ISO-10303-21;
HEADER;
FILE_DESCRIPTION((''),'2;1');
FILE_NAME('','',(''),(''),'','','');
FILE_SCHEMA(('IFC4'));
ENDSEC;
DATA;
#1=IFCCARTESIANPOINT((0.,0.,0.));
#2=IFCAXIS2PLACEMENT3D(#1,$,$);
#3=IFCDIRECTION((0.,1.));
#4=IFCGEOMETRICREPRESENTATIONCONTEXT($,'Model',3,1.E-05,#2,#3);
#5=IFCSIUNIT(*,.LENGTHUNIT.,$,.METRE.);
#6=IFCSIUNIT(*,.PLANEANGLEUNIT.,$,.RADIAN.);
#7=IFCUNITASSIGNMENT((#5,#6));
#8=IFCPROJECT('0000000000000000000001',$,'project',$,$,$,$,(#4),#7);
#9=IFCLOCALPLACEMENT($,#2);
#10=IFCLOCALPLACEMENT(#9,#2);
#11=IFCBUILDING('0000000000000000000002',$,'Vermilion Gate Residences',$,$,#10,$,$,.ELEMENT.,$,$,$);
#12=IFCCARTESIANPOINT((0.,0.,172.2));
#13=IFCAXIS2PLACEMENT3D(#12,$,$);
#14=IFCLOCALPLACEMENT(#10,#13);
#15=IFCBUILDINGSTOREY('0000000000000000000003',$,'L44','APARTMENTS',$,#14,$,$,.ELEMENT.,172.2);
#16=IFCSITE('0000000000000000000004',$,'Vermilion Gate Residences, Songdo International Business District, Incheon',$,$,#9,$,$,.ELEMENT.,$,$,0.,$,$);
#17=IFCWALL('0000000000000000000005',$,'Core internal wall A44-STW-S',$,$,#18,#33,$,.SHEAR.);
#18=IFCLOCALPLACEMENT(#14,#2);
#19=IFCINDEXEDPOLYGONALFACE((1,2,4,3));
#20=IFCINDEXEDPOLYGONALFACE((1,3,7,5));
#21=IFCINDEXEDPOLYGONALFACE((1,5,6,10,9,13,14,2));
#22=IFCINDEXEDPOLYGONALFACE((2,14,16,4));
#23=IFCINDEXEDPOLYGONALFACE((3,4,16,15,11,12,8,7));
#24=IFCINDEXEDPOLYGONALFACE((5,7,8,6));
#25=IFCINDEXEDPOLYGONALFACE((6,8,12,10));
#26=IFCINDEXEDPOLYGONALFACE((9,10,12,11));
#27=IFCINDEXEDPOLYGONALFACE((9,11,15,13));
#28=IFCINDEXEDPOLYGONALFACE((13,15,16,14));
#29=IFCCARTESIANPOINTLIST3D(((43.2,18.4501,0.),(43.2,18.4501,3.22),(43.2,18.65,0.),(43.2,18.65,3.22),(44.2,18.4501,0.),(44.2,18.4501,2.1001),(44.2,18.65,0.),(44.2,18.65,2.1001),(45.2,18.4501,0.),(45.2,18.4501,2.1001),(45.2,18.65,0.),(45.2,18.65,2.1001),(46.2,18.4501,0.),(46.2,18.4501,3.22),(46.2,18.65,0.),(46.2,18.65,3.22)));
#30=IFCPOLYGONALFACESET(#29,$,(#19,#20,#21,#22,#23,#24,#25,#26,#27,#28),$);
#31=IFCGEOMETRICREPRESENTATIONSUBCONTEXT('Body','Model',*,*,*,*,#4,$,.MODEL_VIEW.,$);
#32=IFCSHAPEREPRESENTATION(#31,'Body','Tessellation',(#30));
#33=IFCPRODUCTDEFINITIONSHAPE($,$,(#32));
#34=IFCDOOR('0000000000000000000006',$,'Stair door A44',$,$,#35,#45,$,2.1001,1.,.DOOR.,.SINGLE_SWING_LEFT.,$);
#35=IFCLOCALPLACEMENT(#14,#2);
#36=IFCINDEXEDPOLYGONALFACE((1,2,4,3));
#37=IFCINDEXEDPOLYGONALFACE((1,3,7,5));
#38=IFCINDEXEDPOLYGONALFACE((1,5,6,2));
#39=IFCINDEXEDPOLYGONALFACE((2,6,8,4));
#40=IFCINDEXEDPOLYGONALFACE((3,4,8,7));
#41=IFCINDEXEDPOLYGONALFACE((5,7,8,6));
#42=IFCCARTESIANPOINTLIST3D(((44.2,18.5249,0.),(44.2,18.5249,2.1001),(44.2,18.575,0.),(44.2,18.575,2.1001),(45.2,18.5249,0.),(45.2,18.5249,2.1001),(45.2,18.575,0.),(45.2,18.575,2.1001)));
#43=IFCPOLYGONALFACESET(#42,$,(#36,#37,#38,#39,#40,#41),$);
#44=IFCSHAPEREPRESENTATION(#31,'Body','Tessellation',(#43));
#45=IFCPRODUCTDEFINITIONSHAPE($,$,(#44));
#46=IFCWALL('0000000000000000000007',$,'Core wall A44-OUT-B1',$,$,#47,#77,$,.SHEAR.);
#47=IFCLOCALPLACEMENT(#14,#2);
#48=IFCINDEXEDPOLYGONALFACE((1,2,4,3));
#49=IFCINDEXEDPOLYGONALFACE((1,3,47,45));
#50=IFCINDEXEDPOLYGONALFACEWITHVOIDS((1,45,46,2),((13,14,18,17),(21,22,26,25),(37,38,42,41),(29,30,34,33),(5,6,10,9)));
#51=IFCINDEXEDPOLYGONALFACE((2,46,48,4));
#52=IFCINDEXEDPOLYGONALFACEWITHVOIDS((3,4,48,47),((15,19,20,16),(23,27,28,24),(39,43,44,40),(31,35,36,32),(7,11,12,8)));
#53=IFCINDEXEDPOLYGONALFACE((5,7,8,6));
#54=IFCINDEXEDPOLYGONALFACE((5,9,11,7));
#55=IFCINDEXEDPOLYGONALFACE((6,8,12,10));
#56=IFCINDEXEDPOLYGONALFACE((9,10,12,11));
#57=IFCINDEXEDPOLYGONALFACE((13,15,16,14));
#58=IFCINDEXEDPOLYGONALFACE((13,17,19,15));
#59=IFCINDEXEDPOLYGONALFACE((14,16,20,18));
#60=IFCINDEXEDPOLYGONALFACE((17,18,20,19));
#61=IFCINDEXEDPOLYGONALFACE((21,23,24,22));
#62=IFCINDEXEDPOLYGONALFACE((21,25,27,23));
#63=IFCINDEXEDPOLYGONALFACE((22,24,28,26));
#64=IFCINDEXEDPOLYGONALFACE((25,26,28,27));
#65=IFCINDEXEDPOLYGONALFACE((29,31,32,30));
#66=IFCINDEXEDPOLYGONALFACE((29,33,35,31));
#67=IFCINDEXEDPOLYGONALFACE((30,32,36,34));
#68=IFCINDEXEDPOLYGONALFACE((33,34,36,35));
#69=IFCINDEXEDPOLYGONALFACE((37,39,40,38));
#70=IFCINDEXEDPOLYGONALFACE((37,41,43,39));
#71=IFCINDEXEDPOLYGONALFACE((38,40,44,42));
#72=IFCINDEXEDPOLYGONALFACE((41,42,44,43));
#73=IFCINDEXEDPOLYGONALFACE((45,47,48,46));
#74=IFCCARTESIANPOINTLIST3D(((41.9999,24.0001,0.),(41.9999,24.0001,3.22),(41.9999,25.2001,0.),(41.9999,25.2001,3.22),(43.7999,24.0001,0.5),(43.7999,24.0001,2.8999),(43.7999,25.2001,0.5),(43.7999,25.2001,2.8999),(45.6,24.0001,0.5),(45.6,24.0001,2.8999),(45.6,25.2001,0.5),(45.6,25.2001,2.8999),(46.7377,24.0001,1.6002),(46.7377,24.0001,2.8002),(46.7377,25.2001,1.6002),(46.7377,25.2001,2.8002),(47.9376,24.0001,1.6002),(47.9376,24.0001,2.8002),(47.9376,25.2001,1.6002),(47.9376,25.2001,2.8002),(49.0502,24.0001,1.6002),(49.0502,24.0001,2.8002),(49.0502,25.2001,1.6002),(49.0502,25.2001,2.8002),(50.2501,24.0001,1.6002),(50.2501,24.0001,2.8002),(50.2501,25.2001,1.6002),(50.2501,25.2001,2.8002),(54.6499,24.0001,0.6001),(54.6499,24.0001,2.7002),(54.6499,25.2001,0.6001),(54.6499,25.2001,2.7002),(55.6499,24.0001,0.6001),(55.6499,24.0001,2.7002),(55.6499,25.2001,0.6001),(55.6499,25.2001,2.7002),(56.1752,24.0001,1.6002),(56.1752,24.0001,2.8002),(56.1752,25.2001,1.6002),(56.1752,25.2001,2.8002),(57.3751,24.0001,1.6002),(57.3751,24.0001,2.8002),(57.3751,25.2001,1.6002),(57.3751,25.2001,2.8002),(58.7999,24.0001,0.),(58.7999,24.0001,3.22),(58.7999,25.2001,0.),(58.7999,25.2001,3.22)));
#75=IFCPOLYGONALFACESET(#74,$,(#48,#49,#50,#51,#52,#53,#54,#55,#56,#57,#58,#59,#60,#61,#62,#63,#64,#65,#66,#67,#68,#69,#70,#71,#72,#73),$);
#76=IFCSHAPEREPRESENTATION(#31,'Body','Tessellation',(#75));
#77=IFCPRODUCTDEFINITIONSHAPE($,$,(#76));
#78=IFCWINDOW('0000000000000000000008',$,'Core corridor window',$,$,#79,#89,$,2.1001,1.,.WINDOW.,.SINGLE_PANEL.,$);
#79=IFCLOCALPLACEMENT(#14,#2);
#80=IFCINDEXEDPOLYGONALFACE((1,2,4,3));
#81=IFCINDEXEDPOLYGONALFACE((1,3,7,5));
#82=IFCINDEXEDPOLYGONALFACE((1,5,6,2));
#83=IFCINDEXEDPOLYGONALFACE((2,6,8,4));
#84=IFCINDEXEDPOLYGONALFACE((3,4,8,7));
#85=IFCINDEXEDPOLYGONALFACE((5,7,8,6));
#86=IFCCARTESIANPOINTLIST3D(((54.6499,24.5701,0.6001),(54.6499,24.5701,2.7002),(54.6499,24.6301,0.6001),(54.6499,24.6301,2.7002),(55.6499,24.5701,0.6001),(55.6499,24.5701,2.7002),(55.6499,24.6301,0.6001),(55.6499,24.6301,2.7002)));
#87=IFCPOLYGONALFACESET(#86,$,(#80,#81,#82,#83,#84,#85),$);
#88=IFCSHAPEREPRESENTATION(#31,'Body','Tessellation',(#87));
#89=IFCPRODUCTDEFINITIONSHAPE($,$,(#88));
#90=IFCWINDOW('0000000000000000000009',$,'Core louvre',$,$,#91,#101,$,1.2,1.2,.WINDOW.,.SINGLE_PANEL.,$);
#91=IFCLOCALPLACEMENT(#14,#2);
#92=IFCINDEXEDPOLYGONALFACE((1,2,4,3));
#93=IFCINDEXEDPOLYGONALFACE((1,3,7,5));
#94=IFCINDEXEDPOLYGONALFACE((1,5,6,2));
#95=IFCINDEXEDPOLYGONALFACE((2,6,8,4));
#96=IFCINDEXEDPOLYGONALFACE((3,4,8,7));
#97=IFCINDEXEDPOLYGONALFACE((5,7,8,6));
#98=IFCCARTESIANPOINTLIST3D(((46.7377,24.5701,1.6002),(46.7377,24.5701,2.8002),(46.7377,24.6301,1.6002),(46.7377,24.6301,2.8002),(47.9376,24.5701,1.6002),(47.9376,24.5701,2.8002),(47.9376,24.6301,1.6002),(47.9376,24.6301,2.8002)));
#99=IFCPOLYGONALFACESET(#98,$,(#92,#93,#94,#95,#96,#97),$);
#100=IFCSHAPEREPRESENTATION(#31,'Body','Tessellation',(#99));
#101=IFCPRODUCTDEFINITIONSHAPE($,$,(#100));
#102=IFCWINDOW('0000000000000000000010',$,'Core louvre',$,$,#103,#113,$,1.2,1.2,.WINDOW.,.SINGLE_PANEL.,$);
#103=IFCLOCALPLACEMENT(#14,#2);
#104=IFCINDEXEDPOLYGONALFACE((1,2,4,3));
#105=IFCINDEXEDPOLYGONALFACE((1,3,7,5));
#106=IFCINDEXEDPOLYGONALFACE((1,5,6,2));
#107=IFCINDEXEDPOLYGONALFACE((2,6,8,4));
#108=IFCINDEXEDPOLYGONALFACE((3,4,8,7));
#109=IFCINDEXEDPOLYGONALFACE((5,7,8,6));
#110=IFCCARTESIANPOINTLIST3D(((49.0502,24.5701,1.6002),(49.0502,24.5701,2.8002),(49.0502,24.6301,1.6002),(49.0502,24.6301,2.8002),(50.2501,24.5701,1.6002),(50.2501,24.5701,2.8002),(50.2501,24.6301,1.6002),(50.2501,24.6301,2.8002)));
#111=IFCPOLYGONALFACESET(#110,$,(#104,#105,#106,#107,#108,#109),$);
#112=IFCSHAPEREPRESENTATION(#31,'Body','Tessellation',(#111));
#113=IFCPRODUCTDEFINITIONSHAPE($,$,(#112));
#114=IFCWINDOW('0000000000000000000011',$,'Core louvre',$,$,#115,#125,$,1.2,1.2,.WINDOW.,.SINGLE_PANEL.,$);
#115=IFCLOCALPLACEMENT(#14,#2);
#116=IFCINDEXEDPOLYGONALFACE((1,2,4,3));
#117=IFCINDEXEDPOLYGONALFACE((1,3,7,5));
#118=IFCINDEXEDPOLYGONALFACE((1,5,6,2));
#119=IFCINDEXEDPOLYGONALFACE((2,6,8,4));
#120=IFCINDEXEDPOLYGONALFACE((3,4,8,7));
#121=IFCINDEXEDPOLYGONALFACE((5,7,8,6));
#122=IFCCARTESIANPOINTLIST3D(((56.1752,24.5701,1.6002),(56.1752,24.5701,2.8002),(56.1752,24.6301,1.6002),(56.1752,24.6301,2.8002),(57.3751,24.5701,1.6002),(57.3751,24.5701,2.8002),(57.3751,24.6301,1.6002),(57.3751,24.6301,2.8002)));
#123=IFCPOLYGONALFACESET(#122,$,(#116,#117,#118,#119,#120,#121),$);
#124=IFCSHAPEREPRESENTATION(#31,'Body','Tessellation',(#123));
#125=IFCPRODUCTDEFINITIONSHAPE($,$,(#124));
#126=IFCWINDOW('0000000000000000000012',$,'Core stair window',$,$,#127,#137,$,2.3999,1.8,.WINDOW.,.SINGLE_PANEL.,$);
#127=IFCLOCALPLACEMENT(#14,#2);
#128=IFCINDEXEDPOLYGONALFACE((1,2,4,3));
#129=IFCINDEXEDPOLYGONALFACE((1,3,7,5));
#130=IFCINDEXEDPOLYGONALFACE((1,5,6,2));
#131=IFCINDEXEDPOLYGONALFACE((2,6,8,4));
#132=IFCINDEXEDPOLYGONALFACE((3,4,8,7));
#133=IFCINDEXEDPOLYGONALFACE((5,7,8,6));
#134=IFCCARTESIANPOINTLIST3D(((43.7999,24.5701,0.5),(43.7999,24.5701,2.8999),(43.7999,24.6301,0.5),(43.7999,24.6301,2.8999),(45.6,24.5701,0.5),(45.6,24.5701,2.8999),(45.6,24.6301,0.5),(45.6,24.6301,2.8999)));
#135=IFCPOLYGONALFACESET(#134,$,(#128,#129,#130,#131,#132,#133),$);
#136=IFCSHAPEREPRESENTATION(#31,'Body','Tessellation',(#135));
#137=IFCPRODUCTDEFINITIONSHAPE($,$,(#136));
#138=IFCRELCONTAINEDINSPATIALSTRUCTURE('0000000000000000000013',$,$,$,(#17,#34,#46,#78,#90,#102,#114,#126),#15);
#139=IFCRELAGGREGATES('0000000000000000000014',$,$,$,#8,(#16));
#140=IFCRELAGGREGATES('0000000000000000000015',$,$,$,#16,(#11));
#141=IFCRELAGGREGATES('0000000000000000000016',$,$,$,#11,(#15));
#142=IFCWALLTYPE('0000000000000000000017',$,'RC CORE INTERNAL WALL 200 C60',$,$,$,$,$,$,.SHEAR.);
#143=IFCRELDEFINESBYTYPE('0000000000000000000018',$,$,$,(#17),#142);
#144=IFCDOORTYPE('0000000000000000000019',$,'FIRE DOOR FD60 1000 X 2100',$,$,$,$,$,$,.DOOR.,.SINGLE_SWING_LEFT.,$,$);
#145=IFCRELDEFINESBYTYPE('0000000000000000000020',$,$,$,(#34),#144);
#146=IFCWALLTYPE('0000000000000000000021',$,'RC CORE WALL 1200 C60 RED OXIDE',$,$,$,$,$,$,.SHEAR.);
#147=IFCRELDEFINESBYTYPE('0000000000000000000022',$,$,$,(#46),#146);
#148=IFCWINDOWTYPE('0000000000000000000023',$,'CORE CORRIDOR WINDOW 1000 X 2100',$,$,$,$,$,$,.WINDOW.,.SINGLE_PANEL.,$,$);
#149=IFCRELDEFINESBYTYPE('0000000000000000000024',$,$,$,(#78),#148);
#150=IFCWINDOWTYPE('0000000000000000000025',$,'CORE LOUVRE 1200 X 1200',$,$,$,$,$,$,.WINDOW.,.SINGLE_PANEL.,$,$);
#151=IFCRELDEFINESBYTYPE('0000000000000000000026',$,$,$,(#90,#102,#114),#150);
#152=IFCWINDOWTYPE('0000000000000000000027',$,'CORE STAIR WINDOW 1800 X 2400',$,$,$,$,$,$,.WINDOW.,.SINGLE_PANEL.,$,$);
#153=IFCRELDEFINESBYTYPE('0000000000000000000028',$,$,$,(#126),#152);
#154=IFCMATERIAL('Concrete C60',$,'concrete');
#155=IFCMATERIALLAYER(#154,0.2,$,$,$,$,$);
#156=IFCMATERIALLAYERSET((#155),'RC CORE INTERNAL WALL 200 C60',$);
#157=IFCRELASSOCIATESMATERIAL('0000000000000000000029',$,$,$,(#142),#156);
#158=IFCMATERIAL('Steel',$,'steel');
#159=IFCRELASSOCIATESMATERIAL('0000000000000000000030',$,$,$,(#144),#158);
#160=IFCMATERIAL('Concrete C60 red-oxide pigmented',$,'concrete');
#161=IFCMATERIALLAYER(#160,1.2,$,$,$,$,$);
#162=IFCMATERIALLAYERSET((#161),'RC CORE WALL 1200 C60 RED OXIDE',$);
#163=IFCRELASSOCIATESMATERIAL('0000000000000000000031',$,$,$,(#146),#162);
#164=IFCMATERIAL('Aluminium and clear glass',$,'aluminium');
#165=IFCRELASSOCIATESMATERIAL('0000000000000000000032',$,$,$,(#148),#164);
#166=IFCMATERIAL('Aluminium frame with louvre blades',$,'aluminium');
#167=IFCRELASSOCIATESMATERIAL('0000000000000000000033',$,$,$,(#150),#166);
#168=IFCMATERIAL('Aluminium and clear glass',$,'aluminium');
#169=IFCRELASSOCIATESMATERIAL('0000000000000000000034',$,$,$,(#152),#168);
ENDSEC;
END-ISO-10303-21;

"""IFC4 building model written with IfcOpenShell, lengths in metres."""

from ifc_helpers import new_model, si_unit, direction, frame, frame_2d, origin, place, context, subcontext, project, spatial, rectangle, extrude, material, layer, layer_set, type_object, element, fill, save


model = new_model("IFC4")

# Units and contexts
model_context = context("Model", 3, precision=1e-05, world=origin(), true_north=direction((0.0, 1.0)))
body_context = subcontext(model_context, "Body", "Model", "MODEL_VIEW")
ifc_project = project(units=[si_unit("LENGTHUNIT", "METRE"), si_unit("PLANEANGLEUNIT", "RADIAN")], contexts=[model_context])

# Site, building, storey
site_placement = place(None, origin())
site = spatial("IfcSite", under=ifc_project, at=site_placement, Name="Vermilion Gate Residences, Songdo International Business District, Incheon", CompositionType="ELEMENT", RefElevation=0.0)
building_placement = place(site_placement, origin())
building = spatial("IfcBuilding", under=site, at=building_placement, Name="Vermilion Gate Residences", CompositionType="ELEMENT")
storey_placement = place(building_placement, frame((0.0, 0.0, 172.2)))
storey = spatial("IfcBuildingStorey", under=building, at=storey_placement, Name="L44", Description="APARTMENTS", CompositionType="ELEMENT", Elevation=172.2)

# Shared definitions
ifc_material_1 = material(Name="Concrete C60", Category="concrete")
ifc_layer_1 = layer(ifc_material_1, 0.2)
ifc_layer_set_1 = layer_set([ifc_layer_1], Name="RC CORE INTERNAL WALL 200 C60")
wall_type_1 = type_object("IfcWallType", Name="RC CORE INTERNAL WALL 200 C60", PredefinedType="SHEAR", material=ifc_layer_set_1)

# Wall, opening, door
wall_1_placement = place(storey_placement, frame((43.2, 18.55, 0.0), z_axis=(0.0, 0.0, 1.0), x_axis=(1.0, 0.0, 0.0)))
wall_1 = element("IfcWall", 1, at=wall_1_placement, inside=storey, type_object=wall_type_1, Name="Core internal wall A44-STW-S", PredefinedType="SHEAR", context=body_context, shape_type="SweptSolid", body=[
    extrude(rectangle(XDim=3.0, YDim=0.2, at=frame_2d((1.5, 0.0))), origin(), (0.0, 0.0, 1.0), 3.22),
])
opening_1_placement = place(wall_1_placement, frame((1.0, 0.0, 0.0)))
opening_1 = element("IfcOpeningElement", 2, at=opening_1_placement, cuts=wall_1, PredefinedType="OPENING", context=body_context, shape_type="SweptSolid", body=[
    extrude(rectangle(XDim=1.0, YDim=2.1001, at=frame_2d((0.5, 1.05))), frame((0.0, 0.1099, 0.0), z_axis=(0.0, -1.0, 0.0), x_axis=(1.0, 0.0, 0.0)), (0.0, 0.0, 1.0), 0.22),
])
ifc_material_2 = material(Name="Steel", Category="steel")
door_type_1 = type_object("IfcDoorType", Name="FIRE DOOR FD60 1000 X 2100", OperationType="SINGLE_SWING_LEFT", PredefinedType="DOOR", material=ifc_material_2)
door_1_placement = place(opening_1_placement, origin())
door_1 = element("IfcDoor", 3, at=door_1_placement, inside=storey, type_object=door_type_1, Name="Stair door A44", OperationType="SINGLE_SWING_LEFT", OverallHeight=2.1001, OverallWidth=1.0, PredefinedType="DOOR", context=body_context, shape_type="SweptSolid", body=[
    extrude(rectangle(XDim=1.0, YDim=2.1001, at=frame_2d((0.5, 1.05))), frame((0.0, 0.0249, 0.0), z_axis=(0.0, -1.0, 0.0), x_axis=(1.0, 0.0, 0.0)), (0.0, 0.0, 1.0), 0.05),
])
fill(opening_1, door_1)

# Wall, openings, windows
ifc_material_3 = material(Name="Concrete C60 red-oxide pigmented", Category="concrete")
ifc_layer_2 = layer(ifc_material_3, 1.2)
ifc_layer_set_2 = layer_set([ifc_layer_2], Name="RC CORE WALL 1200 C60 RED OXIDE")
wall_type_2 = type_object("IfcWallType", Name="RC CORE WALL 1200 C60 RED OXIDE", PredefinedType="SHEAR", material=ifc_layer_set_2)
wall_2_placement = place(storey_placement, frame((42.0, 24.6001, 0.0), z_axis=(0.0, 0.0, 1.0), x_axis=(1.0, 0.0, 0.0)))
wall_2 = element("IfcWall", 4, at=wall_2_placement, inside=storey, type_object=wall_type_2, Name="Core wall A44-OUT-B1", PredefinedType="SHEAR", context=body_context, shape_type="SweptSolid", body=[
    extrude(rectangle(XDim=16.8, YDim=1.2, at=frame_2d((8.3999, 0.0))), origin(), (0.0, 0.0, 1.0), 3.22),
])
opening_2_placement = place(wall_2_placement, frame((1.8, 0.0, 0.5)))
opening_2 = element("IfcOpeningElement", 5, at=opening_2_placement, cuts=wall_2, PredefinedType="OPENING", context=body_context, shape_type="SweptSolid", body=[
    extrude(rectangle(XDim=1.8, YDim=2.3999, at=frame_2d((0.8999, 1.2))), frame((0.0, 0.6099, 0.0), z_axis=(0.0, -1.0, 0.0), x_axis=(1.0, 0.0, 0.0)), (0.0, 0.0, 1.0), 1.22),
])
opening_3_placement = place(wall_2_placement, frame((4.7375, 0.0, 1.6001)))
opening_3 = element("IfcOpeningElement", 6, at=opening_3_placement, cuts=wall_2, PredefinedType="OPENING", context=body_context, shape_type="SweptSolid", body=[
    extrude(rectangle(XDim=1.2, YDim=1.2, at=frame_2d((0.6001, 0.6001))), frame((0.0, 0.6099, 0.0), z_axis=(0.0, -1.0, 0.0), x_axis=(1.0, 0.0, 0.0)), (0.0, 0.0, 1.0), 1.22),
])
opening_4_placement = place(wall_2_placement, frame((7.05, 0.0, 1.6001)))
opening_4 = element("IfcOpeningElement", 7, at=opening_4_placement, cuts=wall_2, PredefinedType="OPENING", context=body_context, shape_type="SweptSolid", body=[
    extrude(rectangle(XDim=1.2, YDim=1.2, at=frame_2d((0.6001, 0.6001))), frame((0.0, 0.6099, 0.0), z_axis=(0.0, -1.0, 0.0), x_axis=(1.0, 0.0, 0.0)), (0.0, 0.0, 1.0), 1.22),
])
opening_5_placement = place(wall_2_placement, frame((12.6499, 0.0, 0.6001)))
opening_5 = element("IfcOpeningElement", 8, at=opening_5_placement, cuts=wall_2, PredefinedType="OPENING", context=body_context, shape_type="SweptSolid", body=[
    extrude(rectangle(XDim=1.0, YDim=2.1001, at=frame_2d((0.5, 1.05))), frame((0.0, 0.6099, 0.0), z_axis=(0.0, -1.0, 0.0), x_axis=(1.0, 0.0, 0.0)), (0.0, 0.0, 1.0), 1.22),
])
opening_6_placement = place(wall_2_placement, frame((14.175, 0.0, 1.6001)))
opening_6 = element("IfcOpeningElement", 9, at=opening_6_placement, cuts=wall_2, PredefinedType="OPENING", context=body_context, shape_type="SweptSolid", body=[
    extrude(rectangle(XDim=1.2, YDim=1.2, at=frame_2d((0.6001, 0.6001))), frame((0.0, 0.6099, 0.0), z_axis=(0.0, -1.0, 0.0), x_axis=(1.0, 0.0, 0.0)), (0.0, 0.0, 1.0), 1.22),
])
ifc_material_4 = material(Name="Aluminium and clear glass", Category="aluminium")
window_type_1 = type_object("IfcWindowType", Name="CORE CORRIDOR WINDOW 1000 X 2100", PartitioningType="SINGLE_PANEL", PredefinedType="WINDOW", material=ifc_material_4)
window_1_placement = place(opening_5_placement, origin())
window_1 = element("IfcWindow", 10, at=window_1_placement, inside=storey, type_object=window_type_1, Name="Core corridor window", OverallHeight=2.1001, OverallWidth=1.0, PartitioningType="SINGLE_PANEL", PredefinedType="WINDOW", context=body_context, shape_type="SweptSolid", body=[
    extrude(rectangle(XDim=1.0, YDim=2.1001, at=frame_2d((0.5, 1.05))), frame((0.0, 0.03, 0.0), z_axis=(0.0, -1.0, 0.0), x_axis=(1.0, 0.0, 0.0)), (0.0, 0.0, 1.0), 0.0601),
])
fill(opening_5, window_1)
ifc_material_5 = material(Name="Aluminium frame with louvre blades", Category="aluminium")
window_type_2 = type_object("IfcWindowType", Name="CORE LOUVRE 1200 X 1200", PartitioningType="SINGLE_PANEL", PredefinedType="WINDOW", material=ifc_material_5)
window_2_placement = place(opening_3_placement, origin())
window_2 = element("IfcWindow", 11, at=window_2_placement, inside=storey, type_object=window_type_2, Name="Core louvre", OverallHeight=1.2, OverallWidth=1.2, PartitioningType="SINGLE_PANEL", PredefinedType="WINDOW", context=body_context, shape_type="SweptSolid", body=[
    extrude(rectangle(XDim=1.2, YDim=1.2, at=frame_2d((0.6001, 0.6001))), frame((0.0, 0.03, 0.0), z_axis=(0.0, -1.0, 0.0), x_axis=(1.0, 0.0, 0.0)), (0.0, 0.0, 1.0), 0.0601),
])
fill(opening_3, window_2)
window_3_placement = place(opening_4_placement, origin())
window_3 = element("IfcWindow", 12, at=window_3_placement, inside=storey, type_object=window_type_2, Name="Core louvre", OverallHeight=1.2, OverallWidth=1.2, PartitioningType="SINGLE_PANEL", PredefinedType="WINDOW", context=body_context, shape_type="SweptSolid", body=[
    extrude(rectangle(XDim=1.2, YDim=1.2, at=frame_2d((0.6001, 0.6001))), frame((0.0, 0.03, 0.0), z_axis=(0.0, -1.0, 0.0), x_axis=(1.0, 0.0, 0.0)), (0.0, 0.0, 1.0), 0.0601),
])
fill(opening_4, window_3)
window_4_placement = place(opening_6_placement, origin())
window_4 = element("IfcWindow", 13, at=window_4_placement, inside=storey, type_object=window_type_2, Name="Core louvre", OverallHeight=1.2, OverallWidth=1.2, PartitioningType="SINGLE_PANEL", PredefinedType="WINDOW", context=body_context, shape_type="SweptSolid", body=[
    extrude(rectangle(XDim=1.2, YDim=1.2, at=frame_2d((0.6001, 0.6001))), frame((0.0, 0.03, 0.0), z_axis=(0.0, -1.0, 0.0), x_axis=(1.0, 0.0, 0.0)), (0.0, 0.0, 1.0), 0.0601),
])
fill(opening_6, window_4)
ifc_material_6 = material(Name="Aluminium and clear glass", Category="aluminium")
window_type_3 = type_object("IfcWindowType", Name="CORE STAIR WINDOW 1800 X 2400", PartitioningType="SINGLE_PANEL", PredefinedType="WINDOW", material=ifc_material_6)
window_5_placement = place(opening_2_placement, origin())
window_5 = element("IfcWindow", 14, at=window_5_placement, inside=storey, type_object=window_type_3, Name="Core stair window", OverallHeight=2.3999, OverallWidth=1.8, PartitioningType="SINGLE_PANEL", PredefinedType="WINDOW", context=body_context, shape_type="SweptSolid", body=[
    extrude(rectangle(XDim=1.8, YDim=2.3999, at=frame_2d((0.8999, 1.2))), frame((0.0, 0.03, 0.0), z_axis=(0.0, -1.0, 0.0), x_axis=(1.0, 0.0, 0.0)), (0.0, 0.0, 1.0), 0.0601),
])
fill(opening_2, window_5)

save(model, "model.ifc")
